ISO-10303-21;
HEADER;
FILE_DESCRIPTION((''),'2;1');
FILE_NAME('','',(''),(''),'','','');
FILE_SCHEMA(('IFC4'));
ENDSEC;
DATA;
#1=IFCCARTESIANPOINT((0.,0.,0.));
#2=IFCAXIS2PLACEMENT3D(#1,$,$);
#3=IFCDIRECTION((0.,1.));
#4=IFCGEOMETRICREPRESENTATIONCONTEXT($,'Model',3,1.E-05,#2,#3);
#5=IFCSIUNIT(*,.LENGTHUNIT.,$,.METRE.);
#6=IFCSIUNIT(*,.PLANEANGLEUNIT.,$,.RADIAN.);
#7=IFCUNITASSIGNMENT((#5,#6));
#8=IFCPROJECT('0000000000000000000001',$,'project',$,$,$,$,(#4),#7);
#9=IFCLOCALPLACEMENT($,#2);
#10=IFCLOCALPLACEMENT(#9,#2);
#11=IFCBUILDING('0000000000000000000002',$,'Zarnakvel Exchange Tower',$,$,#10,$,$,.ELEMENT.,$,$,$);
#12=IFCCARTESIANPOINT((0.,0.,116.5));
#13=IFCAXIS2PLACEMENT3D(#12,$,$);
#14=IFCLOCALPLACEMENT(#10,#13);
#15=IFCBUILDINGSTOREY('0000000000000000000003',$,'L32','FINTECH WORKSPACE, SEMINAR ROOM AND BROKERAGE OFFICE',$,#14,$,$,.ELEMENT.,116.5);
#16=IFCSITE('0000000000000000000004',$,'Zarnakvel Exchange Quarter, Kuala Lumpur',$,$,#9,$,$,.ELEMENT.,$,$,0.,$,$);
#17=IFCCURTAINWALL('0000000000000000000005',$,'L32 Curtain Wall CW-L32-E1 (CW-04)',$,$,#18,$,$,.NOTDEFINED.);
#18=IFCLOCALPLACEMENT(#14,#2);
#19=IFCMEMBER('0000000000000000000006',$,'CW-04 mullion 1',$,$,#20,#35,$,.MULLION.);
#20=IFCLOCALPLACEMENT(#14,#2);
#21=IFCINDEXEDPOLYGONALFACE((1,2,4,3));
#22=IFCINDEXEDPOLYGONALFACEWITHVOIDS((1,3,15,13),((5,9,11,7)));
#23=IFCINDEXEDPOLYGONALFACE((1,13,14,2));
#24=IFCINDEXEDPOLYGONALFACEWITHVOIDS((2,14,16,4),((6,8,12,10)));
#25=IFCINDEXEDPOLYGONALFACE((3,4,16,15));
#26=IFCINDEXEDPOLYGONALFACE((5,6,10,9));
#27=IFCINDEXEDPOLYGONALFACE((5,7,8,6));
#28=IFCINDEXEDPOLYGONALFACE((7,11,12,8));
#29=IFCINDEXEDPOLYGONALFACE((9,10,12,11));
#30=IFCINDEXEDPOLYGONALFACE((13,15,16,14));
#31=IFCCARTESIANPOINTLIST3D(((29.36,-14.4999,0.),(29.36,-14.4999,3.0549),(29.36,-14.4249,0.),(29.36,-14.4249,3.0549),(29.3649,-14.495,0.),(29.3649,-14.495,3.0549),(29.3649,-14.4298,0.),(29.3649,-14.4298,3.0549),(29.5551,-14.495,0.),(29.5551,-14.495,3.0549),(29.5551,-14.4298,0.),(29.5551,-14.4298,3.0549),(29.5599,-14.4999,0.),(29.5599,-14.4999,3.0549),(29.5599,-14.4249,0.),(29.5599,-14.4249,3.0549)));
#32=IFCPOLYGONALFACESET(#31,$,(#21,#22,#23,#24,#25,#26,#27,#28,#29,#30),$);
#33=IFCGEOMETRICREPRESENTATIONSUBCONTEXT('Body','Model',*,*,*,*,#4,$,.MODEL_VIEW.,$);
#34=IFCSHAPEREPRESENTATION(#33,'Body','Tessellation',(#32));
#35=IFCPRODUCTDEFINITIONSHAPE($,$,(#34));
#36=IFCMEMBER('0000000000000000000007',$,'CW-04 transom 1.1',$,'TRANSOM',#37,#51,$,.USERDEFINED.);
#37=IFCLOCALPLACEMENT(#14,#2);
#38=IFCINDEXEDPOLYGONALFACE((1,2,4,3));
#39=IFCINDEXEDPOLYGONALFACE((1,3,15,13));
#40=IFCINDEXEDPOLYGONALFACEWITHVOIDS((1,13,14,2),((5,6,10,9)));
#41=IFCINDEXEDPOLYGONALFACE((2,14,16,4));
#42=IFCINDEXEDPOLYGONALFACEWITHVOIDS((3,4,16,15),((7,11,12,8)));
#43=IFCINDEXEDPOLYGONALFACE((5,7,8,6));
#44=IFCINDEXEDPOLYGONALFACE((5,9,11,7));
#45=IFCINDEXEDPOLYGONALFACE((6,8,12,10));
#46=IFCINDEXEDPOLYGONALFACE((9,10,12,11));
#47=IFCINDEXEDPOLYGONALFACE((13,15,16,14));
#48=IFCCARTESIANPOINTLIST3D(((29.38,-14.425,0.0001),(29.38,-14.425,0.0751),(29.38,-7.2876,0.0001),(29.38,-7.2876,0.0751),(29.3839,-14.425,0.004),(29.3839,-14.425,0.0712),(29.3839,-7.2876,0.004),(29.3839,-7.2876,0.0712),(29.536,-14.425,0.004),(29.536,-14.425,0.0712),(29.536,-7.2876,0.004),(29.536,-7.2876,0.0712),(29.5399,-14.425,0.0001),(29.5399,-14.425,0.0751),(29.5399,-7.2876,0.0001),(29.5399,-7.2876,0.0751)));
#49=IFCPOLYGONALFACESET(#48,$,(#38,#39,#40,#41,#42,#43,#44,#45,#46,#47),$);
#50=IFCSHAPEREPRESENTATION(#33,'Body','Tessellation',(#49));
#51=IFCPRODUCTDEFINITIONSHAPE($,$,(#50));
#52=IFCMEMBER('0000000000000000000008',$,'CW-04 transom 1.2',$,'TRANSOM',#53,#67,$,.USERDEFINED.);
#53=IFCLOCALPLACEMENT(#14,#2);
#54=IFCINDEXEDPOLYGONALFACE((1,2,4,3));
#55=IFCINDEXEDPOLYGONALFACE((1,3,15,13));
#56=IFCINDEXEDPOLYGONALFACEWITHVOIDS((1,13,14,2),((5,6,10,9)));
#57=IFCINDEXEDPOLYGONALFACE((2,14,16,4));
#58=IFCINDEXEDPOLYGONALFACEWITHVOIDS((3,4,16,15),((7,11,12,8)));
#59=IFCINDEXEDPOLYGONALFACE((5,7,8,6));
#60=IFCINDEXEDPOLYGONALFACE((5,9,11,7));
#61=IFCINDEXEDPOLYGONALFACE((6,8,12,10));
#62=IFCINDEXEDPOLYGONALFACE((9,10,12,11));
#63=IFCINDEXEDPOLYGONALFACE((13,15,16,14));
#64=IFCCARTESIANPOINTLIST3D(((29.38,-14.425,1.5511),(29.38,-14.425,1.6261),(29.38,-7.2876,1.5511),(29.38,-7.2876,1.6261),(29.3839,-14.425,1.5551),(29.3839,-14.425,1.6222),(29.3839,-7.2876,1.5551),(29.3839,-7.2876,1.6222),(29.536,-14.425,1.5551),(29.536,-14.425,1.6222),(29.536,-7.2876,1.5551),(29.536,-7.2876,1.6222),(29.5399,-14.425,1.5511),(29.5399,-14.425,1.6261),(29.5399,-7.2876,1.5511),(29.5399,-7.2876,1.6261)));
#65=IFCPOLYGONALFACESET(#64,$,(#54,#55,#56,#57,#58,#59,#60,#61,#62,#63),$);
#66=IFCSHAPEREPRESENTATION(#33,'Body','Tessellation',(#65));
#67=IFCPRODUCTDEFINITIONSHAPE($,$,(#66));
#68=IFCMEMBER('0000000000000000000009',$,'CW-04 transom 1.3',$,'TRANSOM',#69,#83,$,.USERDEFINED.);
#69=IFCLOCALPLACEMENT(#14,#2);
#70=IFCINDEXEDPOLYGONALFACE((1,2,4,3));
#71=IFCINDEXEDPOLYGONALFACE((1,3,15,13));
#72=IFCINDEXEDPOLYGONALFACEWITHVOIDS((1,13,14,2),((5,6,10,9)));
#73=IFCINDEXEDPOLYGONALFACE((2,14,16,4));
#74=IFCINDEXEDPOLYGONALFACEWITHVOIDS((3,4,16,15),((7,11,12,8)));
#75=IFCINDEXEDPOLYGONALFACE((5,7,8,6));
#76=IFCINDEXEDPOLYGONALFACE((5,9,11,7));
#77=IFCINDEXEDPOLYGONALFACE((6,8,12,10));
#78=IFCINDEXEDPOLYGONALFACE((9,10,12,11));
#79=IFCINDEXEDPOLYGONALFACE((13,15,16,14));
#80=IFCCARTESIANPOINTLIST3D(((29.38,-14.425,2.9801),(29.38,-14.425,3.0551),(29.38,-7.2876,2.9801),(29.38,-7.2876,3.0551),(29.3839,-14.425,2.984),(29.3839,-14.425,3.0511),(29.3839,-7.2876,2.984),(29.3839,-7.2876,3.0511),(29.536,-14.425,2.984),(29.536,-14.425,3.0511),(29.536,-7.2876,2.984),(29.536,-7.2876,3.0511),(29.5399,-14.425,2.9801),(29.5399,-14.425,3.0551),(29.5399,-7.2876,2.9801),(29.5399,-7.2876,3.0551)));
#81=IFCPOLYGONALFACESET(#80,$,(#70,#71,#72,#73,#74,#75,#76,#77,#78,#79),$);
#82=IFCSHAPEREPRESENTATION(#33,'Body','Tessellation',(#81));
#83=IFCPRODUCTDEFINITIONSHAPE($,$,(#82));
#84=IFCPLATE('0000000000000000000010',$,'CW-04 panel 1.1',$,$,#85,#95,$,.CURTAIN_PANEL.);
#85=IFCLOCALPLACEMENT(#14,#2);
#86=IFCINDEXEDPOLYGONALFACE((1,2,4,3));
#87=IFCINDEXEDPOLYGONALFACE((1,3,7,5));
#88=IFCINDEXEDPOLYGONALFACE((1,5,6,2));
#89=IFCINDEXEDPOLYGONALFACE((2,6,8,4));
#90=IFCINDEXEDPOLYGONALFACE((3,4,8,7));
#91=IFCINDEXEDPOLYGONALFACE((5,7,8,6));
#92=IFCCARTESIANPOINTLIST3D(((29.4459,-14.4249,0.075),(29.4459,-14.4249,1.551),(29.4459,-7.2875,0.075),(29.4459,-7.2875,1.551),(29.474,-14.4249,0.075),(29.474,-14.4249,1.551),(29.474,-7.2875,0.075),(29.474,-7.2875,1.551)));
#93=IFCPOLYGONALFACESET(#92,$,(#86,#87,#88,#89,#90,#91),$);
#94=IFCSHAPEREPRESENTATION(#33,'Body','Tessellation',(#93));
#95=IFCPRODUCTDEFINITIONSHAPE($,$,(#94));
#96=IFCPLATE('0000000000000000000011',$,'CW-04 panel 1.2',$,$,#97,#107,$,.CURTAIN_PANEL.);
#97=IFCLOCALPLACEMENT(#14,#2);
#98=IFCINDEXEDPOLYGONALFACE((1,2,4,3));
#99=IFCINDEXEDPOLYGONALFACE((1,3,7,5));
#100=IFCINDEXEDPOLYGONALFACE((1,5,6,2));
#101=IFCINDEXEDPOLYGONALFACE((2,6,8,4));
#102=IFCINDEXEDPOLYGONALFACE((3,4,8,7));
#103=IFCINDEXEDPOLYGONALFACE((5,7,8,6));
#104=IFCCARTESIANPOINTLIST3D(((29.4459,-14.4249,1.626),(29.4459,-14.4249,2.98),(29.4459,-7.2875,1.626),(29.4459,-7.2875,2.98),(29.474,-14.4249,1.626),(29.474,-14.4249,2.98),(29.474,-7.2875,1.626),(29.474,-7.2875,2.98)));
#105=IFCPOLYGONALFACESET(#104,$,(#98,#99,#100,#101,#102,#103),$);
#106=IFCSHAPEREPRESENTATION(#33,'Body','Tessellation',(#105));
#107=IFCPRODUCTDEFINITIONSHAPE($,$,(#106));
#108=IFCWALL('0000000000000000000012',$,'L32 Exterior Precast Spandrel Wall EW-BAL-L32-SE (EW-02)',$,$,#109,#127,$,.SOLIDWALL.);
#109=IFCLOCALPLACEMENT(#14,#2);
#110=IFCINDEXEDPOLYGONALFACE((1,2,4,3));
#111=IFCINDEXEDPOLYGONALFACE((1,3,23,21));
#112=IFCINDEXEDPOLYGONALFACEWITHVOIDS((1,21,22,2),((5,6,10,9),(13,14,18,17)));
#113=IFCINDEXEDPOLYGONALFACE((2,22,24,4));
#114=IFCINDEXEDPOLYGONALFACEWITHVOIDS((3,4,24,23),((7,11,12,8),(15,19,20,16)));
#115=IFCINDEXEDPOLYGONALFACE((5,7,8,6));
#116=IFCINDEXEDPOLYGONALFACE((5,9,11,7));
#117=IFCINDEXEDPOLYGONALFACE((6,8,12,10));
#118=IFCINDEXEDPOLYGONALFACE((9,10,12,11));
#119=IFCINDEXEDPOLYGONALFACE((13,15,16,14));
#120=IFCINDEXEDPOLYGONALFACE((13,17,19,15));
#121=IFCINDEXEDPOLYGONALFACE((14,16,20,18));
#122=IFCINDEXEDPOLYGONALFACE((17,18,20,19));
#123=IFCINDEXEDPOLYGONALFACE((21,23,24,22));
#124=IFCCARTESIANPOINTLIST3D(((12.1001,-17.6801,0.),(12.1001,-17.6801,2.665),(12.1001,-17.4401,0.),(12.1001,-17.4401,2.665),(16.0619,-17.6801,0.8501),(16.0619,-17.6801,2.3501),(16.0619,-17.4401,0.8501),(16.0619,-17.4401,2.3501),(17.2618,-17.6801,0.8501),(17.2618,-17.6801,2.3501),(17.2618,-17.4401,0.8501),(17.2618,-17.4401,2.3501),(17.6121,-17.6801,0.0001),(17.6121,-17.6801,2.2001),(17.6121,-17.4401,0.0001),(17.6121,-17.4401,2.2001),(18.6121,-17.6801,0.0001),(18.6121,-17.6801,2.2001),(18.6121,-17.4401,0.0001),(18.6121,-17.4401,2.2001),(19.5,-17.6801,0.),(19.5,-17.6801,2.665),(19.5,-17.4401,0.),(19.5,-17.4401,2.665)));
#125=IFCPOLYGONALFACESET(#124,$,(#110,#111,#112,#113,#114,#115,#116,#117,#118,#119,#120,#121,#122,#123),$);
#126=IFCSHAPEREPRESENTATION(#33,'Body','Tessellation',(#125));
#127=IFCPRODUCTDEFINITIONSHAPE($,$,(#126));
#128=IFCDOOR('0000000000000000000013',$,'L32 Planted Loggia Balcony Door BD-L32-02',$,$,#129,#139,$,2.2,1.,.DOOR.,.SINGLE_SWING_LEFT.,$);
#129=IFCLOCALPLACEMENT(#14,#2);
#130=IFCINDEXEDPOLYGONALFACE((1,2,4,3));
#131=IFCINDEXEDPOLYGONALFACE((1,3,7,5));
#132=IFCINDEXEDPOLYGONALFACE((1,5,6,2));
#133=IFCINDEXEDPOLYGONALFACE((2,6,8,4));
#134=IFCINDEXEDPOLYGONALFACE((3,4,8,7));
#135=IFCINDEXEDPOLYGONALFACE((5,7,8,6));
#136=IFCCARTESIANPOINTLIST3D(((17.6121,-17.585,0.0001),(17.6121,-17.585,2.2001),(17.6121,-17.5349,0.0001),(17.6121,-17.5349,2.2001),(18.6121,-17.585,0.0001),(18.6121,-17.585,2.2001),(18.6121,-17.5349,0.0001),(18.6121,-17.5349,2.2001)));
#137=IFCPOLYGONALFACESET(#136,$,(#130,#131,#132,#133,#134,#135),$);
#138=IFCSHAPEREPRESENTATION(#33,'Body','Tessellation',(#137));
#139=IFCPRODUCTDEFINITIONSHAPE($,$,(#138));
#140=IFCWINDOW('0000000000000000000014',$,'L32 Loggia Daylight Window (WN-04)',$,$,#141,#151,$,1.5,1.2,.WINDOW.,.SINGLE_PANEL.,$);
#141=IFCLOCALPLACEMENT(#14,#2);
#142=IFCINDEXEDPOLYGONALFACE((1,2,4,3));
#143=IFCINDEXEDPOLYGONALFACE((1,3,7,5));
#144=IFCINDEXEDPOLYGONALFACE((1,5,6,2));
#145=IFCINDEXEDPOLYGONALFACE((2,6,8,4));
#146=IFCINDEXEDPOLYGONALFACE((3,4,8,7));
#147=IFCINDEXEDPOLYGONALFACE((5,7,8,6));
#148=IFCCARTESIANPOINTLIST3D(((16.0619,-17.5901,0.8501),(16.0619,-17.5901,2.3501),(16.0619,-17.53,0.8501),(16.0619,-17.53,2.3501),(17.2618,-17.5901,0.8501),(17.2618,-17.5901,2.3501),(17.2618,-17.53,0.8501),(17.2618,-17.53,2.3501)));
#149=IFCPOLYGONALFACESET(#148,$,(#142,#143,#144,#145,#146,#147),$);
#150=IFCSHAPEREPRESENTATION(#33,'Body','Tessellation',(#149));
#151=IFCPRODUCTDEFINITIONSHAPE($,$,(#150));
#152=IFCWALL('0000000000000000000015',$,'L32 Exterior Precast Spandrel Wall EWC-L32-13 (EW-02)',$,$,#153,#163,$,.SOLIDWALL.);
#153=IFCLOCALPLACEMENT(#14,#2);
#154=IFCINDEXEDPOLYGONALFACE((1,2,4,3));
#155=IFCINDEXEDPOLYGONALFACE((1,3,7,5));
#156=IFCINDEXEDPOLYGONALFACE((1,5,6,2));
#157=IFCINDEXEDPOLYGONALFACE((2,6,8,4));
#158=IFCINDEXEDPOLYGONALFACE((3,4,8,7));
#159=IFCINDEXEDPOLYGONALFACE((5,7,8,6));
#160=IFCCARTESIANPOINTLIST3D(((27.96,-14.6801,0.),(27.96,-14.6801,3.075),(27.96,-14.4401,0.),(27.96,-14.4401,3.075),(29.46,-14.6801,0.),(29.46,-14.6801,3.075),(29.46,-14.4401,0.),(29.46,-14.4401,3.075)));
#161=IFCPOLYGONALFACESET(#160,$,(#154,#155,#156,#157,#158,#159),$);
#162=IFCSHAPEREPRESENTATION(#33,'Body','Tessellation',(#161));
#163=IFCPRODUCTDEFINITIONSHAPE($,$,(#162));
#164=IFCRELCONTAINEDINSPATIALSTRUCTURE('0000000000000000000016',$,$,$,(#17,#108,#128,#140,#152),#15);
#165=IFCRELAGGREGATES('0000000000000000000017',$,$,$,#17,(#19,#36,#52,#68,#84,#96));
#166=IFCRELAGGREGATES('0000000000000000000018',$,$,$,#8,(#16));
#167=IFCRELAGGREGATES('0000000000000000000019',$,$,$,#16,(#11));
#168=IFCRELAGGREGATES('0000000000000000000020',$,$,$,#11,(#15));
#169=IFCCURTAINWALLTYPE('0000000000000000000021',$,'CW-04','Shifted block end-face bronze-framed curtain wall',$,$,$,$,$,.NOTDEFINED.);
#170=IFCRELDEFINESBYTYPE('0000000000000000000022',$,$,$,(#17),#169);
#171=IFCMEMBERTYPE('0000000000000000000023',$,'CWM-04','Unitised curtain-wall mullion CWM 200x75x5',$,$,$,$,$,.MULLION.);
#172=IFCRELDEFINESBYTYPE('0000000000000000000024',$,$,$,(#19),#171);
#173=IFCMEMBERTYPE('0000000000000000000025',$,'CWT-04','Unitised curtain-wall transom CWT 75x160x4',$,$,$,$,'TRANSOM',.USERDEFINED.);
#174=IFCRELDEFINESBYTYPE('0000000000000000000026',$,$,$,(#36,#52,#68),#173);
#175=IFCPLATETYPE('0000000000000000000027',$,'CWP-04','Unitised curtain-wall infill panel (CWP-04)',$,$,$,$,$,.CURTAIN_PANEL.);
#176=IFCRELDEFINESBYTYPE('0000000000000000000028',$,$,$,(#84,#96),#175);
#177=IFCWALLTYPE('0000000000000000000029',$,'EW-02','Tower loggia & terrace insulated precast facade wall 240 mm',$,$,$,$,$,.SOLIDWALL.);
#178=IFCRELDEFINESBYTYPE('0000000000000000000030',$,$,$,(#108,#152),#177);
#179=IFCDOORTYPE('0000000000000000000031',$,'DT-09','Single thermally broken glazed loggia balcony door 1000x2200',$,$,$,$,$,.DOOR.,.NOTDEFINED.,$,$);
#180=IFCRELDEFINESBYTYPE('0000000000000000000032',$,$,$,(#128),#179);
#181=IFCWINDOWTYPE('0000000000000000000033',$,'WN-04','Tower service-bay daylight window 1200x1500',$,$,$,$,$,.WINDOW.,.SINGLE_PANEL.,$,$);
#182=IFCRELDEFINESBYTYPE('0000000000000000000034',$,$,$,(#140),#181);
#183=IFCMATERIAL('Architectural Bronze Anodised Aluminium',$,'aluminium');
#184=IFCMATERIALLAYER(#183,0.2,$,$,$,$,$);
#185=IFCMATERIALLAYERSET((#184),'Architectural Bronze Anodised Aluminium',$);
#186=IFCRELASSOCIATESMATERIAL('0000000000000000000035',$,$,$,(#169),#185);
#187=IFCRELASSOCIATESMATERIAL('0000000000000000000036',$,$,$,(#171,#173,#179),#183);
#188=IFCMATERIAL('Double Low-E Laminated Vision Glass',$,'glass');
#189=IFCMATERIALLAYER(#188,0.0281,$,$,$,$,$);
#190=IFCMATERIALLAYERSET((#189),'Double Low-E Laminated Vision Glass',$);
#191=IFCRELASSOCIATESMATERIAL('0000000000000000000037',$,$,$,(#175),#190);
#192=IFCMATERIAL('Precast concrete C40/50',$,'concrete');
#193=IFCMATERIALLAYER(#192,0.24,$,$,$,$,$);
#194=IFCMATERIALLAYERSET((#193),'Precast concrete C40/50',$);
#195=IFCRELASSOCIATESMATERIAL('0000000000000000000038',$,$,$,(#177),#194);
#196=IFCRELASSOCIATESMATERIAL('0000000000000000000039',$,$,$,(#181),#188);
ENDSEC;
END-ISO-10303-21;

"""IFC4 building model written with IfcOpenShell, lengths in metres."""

from ifc_helpers import new_model, si_unit, direction, frame, frame_2d, origin, origin_2d, place, context, subcontext, project, spatial, rectangle, hollow_rectangle, extrude, source, transform, mapped, material, layer, layer_set, material_profile, profile_set, type_object, element, fill, aggregate, save


model = new_model("IFC4")

# Units and contexts
model_context = context("Model", 3, precision=1e-05, world=origin(), true_north=direction((0.0, 1.0)))
body_context = subcontext(model_context, "Body", "Model", "MODEL_VIEW")
ifc_project = project(units=[si_unit("LENGTHUNIT", "METRE"), si_unit("PLANEANGLEUNIT", "RADIAN")], contexts=[model_context])

# Site, building, storey
site_placement = place(None, origin())
site = spatial("IfcSite", under=ifc_project, at=site_placement, Name="Zarnakvel Exchange Quarter, Kuala Lumpur", CompositionType="ELEMENT", RefElevation=0.0)
building_placement = place(site_placement, origin())
building = spatial("IfcBuilding", under=site, at=building_placement, Name="Zarnakvel Exchange Tower", CompositionType="ELEMENT")
storey_placement = place(building_placement, frame((0.0, 0.0, 116.5)))
storey = spatial("IfcBuildingStorey", under=building, at=storey_placement, Name="L32", Description="FINTECH WORKSPACE, SEMINAR ROOM AND BROKERAGE OFFICE", CompositionType="ELEMENT", Elevation=116.5)

# Curtain wall, members, plates
ifc_material_1 = material(Name="Architectural Bronze Anodised Aluminium", Category="aluminium")
ifc_layer_1 = layer(ifc_material_1, 0.2)
ifc_layer_set_1 = layer_set([ifc_layer_1], Name="Architectural Bronze Anodised Aluminium")
curtain_wall_type = type_object("IfcCurtainWallType", Name="CW-04", Description="Shifted block end-face bronze-framed curtain wall", PredefinedType="NOTDEFINED", material=ifc_layer_set_1)
curtain_wall_placement = place(storey_placement, origin())
curtain_wall = element("IfcCurtainWall", 1, at=curtain_wall_placement, inside=storey, type_object=curtain_wall_type, Name="L32 Curtain Wall CW-L32-E1 (CW-04)", PredefinedType="NOTDEFINED")
ifc_material_profile_1 = material_profile(ifc_material_1, hollow_rectangle(XDim=0.2, YDim=0.075, WallThickness=0.0049, at=origin_2d()))
ifc_profile_set_1 = profile_set([ifc_material_profile_1], Name="Architectural Bronze Anodised Aluminium")
member_type_1 = type_object("IfcMemberType", Name="CWM-04", Description="Unitised curtain-wall mullion CWM 200x75x5", PredefinedType="MULLION", material=ifc_profile_set_1)
shared_shape_1 = source(origin(), body_context, "Body", "SweptSolid", [
    extrude(hollow_rectangle(XDim=0.2, YDim=0.075, WallThickness=0.0049, at=origin_2d()), origin(), (0.0, 0.0, 1.0), 3.0549),
])
member_1_placement = place(storey_placement, frame((29.46, -14.4624, 0.0), z_axis=(0.0, 0.0, 1.0), x_axis=(-1.0, 0.0, 0.0)))
member_1 = element("IfcMember", 2, at=member_1_placement, type_object=member_type_1, Name="CW-04 mullion 1", PredefinedType="MULLION", context=body_context, shape_type="MappedRepresentation", body=[
    mapped(shared_shape_1, transform((0.0, 0.0, 0.0), x_axis=(1.0, 0.0, 0.0), y_axis=(0.0, 1.0, 0.0), z_axis=(0.0, 0.0, 1.0), scale=1.0)),
])
ifc_material_profile_2 = material_profile(ifc_material_1, hollow_rectangle(XDim=0.1599, YDim=0.075, WallThickness=0.0039, at=origin_2d()))
ifc_profile_set_2 = profile_set([ifc_material_profile_2], Name="Architectural Bronze Anodised Aluminium")
member_type_2 = type_object("IfcMemberType", Name="CWT-04", Description="Unitised curtain-wall transom CWT 75x160x4", ElementType="TRANSOM", PredefinedType="USERDEFINED", material=ifc_profile_set_2)
shared_shape_2 = source(origin(), body_context, "Body", "SweptSolid", [
    extrude(hollow_rectangle(XDim=0.1599, YDim=0.075, WallThickness=0.0039, at=origin_2d()), origin(), (0.0, 0.0, 1.0), 7.1375),
])
member_2_placement = place(storey_placement, frame((29.46, -14.425, 0.0376), z_axis=(0.0, 1.0, 0.0), x_axis=(-1.0, 0.0, 0.0)))
member_2 = element("IfcMember", 3, at=member_2_placement, type_object=member_type_2, Name="CW-04 transom 1.1", ObjectType="TRANSOM", PredefinedType="USERDEFINED", context=body_context, shape_type="MappedRepresentation", body=[
    mapped(shared_shape_2, transform((0.0, 0.0, 0.0), x_axis=(1.0, 0.0, 0.0), y_axis=(0.0, 1.0, 0.0), z_axis=(0.0, 0.0, 1.0), scale=1.0)),
])
member_3_placement = place(storey_placement, frame((29.46, -14.425, 1.5886), z_axis=(0.0, 1.0, 0.0), x_axis=(-1.0, 0.0, 0.0)))
member_3 = element("IfcMember", 4, at=member_3_placement, type_object=member_type_2, Name="CW-04 transom 1.2", ObjectType="TRANSOM", PredefinedType="USERDEFINED", context=body_context, shape_type="MappedRepresentation", body=[
    mapped(shared_shape_2, transform((0.0, 0.0, 0.0), x_axis=(1.0, 0.0, 0.0), y_axis=(0.0, 1.0, 0.0), z_axis=(0.0, 0.0, 1.0), scale=1.0)),
])
member_4_placement = place(storey_placement, frame((29.46, -14.425, 3.0176), z_axis=(0.0, 1.0, 0.0), x_axis=(-1.0, 0.0, 0.0)))
member_4 = element("IfcMember", 5, at=member_4_placement, type_object=member_type_2, Name="CW-04 transom 1.3", ObjectType="TRANSOM", PredefinedType="USERDEFINED", context=body_context, shape_type="MappedRepresentation", body=[
    mapped(shared_shape_2, transform((0.0, 0.0, 0.0), x_axis=(1.0, 0.0, 0.0), y_axis=(0.0, 1.0, 0.0), z_axis=(0.0, 0.0, 1.0), scale=1.0)),
])
ifc_material_2 = material(Name="Double Low-E Laminated Vision Glass", Category="glass")
ifc_layer_2 = layer(ifc_material_2, 0.0281)
ifc_layer_set_2 = layer_set([ifc_layer_2], Name="Double Low-E Laminated Vision Glass")
plate_type = type_object("IfcPlateType", Name="CWP-04", Description="Unitised curtain-wall infill panel (CWP-04)", PredefinedType="CURTAIN_PANEL", material=ifc_layer_set_2)
shared_shape_3 = source(origin(), body_context, "Body", "SweptSolid", [
    extrude(rectangle(XDim=7.1375, YDim=0.0281, at=origin_2d()), origin(), (0.0, 0.0, 1.0), 1.4761),
])
plate_1_placement = place(storey_placement, frame((29.46, -10.8562, 0.075), z_axis=(0.0, 0.0, 1.0), x_axis=(0.0, 1.0, 0.0)))
plate_1 = element("IfcPlate", 6, at=plate_1_placement, type_object=plate_type, Name="CW-04 panel 1.1", PredefinedType="CURTAIN_PANEL", context=body_context, shape_type="MappedRepresentation", body=[
    mapped(shared_shape_3, transform((0.0, 0.0, 0.0), x_axis=(1.0, 0.0, 0.0), y_axis=(0.0, 1.0, 0.0), z_axis=(0.0, 0.0, 1.0), scale=1.0)),
])
shared_shape_4 = source(origin(), body_context, "Body", "SweptSolid", [
    extrude(rectangle(XDim=7.1375, YDim=0.0281, at=origin_2d()), origin(), (0.0, 0.0, 1.0), 1.354),
])
plate_2_placement = place(storey_placement, frame((29.46, -10.8562, 1.626), z_axis=(0.0, 0.0, 1.0), x_axis=(0.0, 1.0, 0.0)))
plate_2 = element("IfcPlate", 7, at=plate_2_placement, type_object=plate_type, Name="CW-04 panel 1.2", PredefinedType="CURTAIN_PANEL", context=body_context, shape_type="MappedRepresentation", body=[
    mapped(shared_shape_4, transform((0.0, 0.0, 0.0), x_axis=(1.0, 0.0, 0.0), y_axis=(0.0, 1.0, 0.0), z_axis=(0.0, 0.0, 1.0), scale=1.0)),
])
aggregate(curtain_wall, [member_1, member_2, member_3, member_4, plate_1, plate_2])

# Wall, openings, door, window
ifc_material_3 = material(Name="Precast concrete C40/50", Category="concrete")
ifc_layer_3 = layer(ifc_material_3, 0.24)
ifc_layer_set_3 = layer_set([ifc_layer_3], Name="Precast concrete C40/50")
wall_type_1 = type_object("IfcWallType", Name="EW-02", Description="Tower loggia & terrace insulated precast facade wall 240 mm", PredefinedType="SOLIDWALL", material=ifc_layer_set_3)
wall_1_placement = place(storey_placement, frame((19.5, -17.5601, 0.0), z_axis=(0.0, 0.0, 1.0), x_axis=(-1.0, 0.0, 0.0)))
wall_1 = element("IfcWall", 8, at=wall_1_placement, inside=storey, type_object=wall_type_1, Name="L32 Exterior Precast Spandrel Wall EW-BAL-L32-SE (EW-02)", PredefinedType="SOLIDWALL", context=body_context, shape_type="SweptSolid", body=[
    extrude(rectangle(XDim=7.3999, YDim=0.24, at=frame_2d((3.7, 0.0))), origin(), (0.0, 0.0, 1.0), 2.665),
])
opening_1_placement = place(wall_1_placement, frame((0.8879, 0.0, 0.0)))
opening_1 = element("IfcOpeningElement", 9, at=opening_1_placement, cuts=wall_1, PredefinedType="OPENING", context=body_context, shape_type="SweptSolid", body=[
    extrude(rectangle(XDim=1.0, YDim=2.2, at=frame_2d((0.5, 1.1001))), frame((0.0, 0.1299, 0.0), z_axis=(0.0, -1.0, 0.0), x_axis=(1.0, 0.0, 0.0)), (0.0, 0.0, 1.0), 0.26),
])
opening_2_placement = place(wall_1_placement, frame((2.238, 0.0, 0.8501)))
opening_2 = element("IfcOpeningElement", 10, at=opening_2_placement, cuts=wall_1, PredefinedType="OPENING", context=body_context, shape_type="SweptSolid", body=[
    extrude(rectangle(XDim=1.2, YDim=1.5, at=frame_2d((0.6001, 0.75))), frame((0.0, 0.1299, 0.0), z_axis=(0.0, -1.0, 0.0), x_axis=(1.0, 0.0, 0.0)), (0.0, 0.0, 1.0), 0.26),
])
door_type_1 = type_object("IfcDoorType", Name="DT-09", Description="Single thermally broken glazed loggia balcony door 1000x2200", OperationType="NOTDEFINED", PredefinedType="DOOR", material=ifc_material_1)
shared_shape_5 = source(origin(), body_context, "Body", "SweptSolid", [
    extrude(rectangle(XDim=1.0, YDim=2.2, at=frame_2d((0.5, 1.1001))), frame((0.0, 0.0249, 0.0), z_axis=(0.0, -1.0, 0.0), x_axis=(1.0, 0.0, 0.0)), (0.0, 0.0, 1.0), 0.05),
])
door_1_placement = place(opening_1_placement, origin())
door_1 = element("IfcDoor", 11, at=door_1_placement, inside=storey, type_object=door_type_1, Name="L32 Planted Loggia Balcony Door BD-L32-02", OperationType="SINGLE_SWING_LEFT", OverallHeight=2.2, OverallWidth=1.0, PredefinedType="DOOR", context=body_context, shape_type="MappedRepresentation", body=[
    mapped(shared_shape_5, transform((0.0, 0.0, 0.0), x_axis=(1.0, 0.0, 0.0), y_axis=(0.0, 1.0, 0.0), z_axis=(0.0, 0.0, 1.0), scale=1.0)),
])
fill(opening_1, door_1)
window_type = type_object("IfcWindowType", Name="WN-04", Description="Tower service-bay daylight window 1200x1500", PartitioningType="SINGLE_PANEL", PredefinedType="WINDOW", material=ifc_material_2)
shared_shape_6 = source(origin(), body_context, "Body", "SweptSolid", [
    extrude(rectangle(XDim=1.2, YDim=1.5, at=frame_2d((0.6001, 0.75))), frame((0.0, 0.03, 0.0), z_axis=(0.0, -1.0, 0.0), x_axis=(1.0, 0.0, 0.0)), (0.0, 0.0, 1.0), 0.0601),
])
window_placement = place(opening_2_placement, origin())
window = element("IfcWindow", 12, at=window_placement, inside=storey, type_object=window_type, Name="L32 Loggia Daylight Window (WN-04)", OverallHeight=1.5, OverallWidth=1.2, PartitioningType="SINGLE_PANEL", PredefinedType="WINDOW", context=body_context, shape_type="MappedRepresentation", body=[
    mapped(shared_shape_6, transform((0.0, 0.0, 0.0), x_axis=(1.0, 0.0, 0.0), y_axis=(0.0, 1.0, 0.0), z_axis=(0.0, 0.0, 1.0), scale=1.0)),
])
fill(opening_2, window)

# Wall
for number, where, z_axis, x_axis, name in (
    (13, (27.96, -14.5601, 0.0), (0.0, 0.0, 1.0), (1.0, 0.0, 0.0), "L32 Exterior Precast Spandrel Wall EWC-L32-13 (EW-02)"),
):
    element("IfcWall", number, at=place(storey_placement, frame(where, z_axis=z_axis, x_axis=x_axis)), inside=storey, type_object=wall_type_1, Name=name, PredefinedType="SOLIDWALL", context=body_context, shape_type="SweptSolid", body=[
        extrude(rectangle(XDim=1.5, YDim=0.24, at=frame_2d((0.75, 0.0))), origin(), (0.0, 0.0, 1.0), 3.075),
    ])

save(model, "model.ifc")
